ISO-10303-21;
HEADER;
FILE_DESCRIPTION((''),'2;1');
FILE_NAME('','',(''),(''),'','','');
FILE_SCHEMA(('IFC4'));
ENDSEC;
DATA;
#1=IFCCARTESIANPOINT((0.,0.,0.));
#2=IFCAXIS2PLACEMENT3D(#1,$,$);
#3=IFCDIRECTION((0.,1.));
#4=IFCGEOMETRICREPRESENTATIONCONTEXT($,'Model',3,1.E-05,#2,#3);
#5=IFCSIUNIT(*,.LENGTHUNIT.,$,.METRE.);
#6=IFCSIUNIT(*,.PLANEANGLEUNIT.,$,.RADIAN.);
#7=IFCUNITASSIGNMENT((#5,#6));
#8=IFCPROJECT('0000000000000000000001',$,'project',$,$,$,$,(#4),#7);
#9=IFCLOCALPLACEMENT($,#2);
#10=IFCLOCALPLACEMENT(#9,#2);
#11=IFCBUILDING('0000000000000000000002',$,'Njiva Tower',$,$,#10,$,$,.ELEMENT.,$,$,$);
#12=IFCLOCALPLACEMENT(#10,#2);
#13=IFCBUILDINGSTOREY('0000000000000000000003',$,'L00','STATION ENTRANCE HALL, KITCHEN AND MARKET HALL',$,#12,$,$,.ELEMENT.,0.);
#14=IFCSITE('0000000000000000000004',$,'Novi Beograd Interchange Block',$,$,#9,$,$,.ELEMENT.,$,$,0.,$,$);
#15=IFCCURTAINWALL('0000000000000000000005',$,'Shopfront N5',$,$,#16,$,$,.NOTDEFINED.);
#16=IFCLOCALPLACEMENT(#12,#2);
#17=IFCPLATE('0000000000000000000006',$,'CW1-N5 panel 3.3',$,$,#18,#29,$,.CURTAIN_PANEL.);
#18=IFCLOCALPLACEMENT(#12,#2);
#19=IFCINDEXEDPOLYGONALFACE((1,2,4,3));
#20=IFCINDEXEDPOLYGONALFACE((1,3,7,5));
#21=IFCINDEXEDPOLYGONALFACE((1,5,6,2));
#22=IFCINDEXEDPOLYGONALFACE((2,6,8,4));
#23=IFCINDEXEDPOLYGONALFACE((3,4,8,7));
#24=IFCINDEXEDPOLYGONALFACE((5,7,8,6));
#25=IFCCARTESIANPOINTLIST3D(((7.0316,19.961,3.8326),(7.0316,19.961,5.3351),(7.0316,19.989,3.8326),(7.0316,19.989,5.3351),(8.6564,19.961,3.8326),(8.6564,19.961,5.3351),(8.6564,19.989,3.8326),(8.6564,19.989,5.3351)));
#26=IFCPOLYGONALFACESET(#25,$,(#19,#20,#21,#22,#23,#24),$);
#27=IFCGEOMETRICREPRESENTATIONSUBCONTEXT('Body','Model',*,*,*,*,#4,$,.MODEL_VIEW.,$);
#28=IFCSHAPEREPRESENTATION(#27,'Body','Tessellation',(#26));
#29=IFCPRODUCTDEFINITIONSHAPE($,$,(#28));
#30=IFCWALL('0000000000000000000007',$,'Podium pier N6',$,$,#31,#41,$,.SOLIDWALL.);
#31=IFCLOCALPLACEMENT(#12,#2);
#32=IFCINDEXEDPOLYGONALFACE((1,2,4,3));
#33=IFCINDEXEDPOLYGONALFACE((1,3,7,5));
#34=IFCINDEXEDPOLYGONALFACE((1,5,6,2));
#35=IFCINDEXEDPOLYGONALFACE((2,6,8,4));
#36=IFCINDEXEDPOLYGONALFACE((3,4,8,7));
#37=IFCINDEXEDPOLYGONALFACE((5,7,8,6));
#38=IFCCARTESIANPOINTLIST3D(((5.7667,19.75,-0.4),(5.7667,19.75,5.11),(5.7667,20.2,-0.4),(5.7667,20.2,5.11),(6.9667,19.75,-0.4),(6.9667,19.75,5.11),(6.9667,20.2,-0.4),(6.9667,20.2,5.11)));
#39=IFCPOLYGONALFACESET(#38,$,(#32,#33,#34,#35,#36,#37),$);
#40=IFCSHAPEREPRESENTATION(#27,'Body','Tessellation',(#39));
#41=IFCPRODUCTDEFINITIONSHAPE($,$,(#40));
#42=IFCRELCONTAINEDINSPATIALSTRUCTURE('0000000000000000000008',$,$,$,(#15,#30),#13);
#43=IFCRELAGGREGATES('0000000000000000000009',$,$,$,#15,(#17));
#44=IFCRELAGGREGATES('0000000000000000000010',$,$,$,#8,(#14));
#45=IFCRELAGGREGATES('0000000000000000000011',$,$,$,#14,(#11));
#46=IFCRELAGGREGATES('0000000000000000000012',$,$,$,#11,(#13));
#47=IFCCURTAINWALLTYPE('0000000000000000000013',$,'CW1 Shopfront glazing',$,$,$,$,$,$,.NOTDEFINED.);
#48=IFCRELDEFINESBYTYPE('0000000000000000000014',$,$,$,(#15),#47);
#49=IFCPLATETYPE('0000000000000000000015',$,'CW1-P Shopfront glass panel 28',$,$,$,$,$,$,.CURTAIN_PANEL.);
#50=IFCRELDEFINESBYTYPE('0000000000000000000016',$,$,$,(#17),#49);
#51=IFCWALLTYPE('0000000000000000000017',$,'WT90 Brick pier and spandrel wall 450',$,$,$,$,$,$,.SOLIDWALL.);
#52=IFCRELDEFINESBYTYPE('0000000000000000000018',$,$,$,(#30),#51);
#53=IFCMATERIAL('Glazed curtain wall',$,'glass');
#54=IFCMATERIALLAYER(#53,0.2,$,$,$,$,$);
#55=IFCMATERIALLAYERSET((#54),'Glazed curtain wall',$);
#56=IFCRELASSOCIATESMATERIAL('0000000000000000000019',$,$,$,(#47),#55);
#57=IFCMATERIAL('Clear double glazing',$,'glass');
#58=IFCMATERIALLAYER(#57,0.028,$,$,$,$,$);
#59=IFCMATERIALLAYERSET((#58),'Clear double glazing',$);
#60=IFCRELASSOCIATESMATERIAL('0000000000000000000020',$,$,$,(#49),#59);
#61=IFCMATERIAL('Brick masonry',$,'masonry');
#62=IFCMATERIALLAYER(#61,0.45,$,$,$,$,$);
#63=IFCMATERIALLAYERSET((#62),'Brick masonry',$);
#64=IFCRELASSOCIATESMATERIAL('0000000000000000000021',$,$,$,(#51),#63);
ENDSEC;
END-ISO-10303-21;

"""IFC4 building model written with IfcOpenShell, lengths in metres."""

from ifc_helpers import new_model, si_unit, direction, frame, origin, origin_2d, place, context, subcontext, project, spatial, polyline, rectangle, outline, extrude, material, layer, layer_set, type_object, element, aggregate, save


model = new_model("IFC4")

# Units and contexts
model_context = context("Model", 3, precision=1e-05, world=origin(), true_north=direction((0.0, 1.0)))
body_context = subcontext(model_context, "Body", "Model", "MODEL_VIEW")
ifc_project = project(units=[si_unit("LENGTHUNIT", "METRE"), si_unit("PLANEANGLEUNIT", "RADIAN")], contexts=[model_context])

# Site, building, storey
site_placement = place(None, origin())
site = spatial("IfcSite", under=ifc_project, at=site_placement, Name="Novi Beograd Interchange Block", CompositionType="ELEMENT", RefElevation=0.0)
building_placement = place(site_placement, origin())
building = spatial("IfcBuilding", under=site, at=building_placement, Name="Njiva Tower", CompositionType="ELEMENT")
storey_placement = place(building_placement, origin())
storey = spatial("IfcBuildingStorey", under=building, at=storey_placement, Name="L00", Description="STATION ENTRANCE HALL, KITCHEN AND MARKET HALL", CompositionType="ELEMENT", Elevation=0.0)

# Curtain wall, plate
ifc_material_1 = material(Name="Glazed curtain wall", Category="glass")
ifc_layer_1 = layer(ifc_material_1, 0.2)
ifc_layer_set_1 = layer_set([ifc_layer_1], Name="Glazed curtain wall")
curtain_wall_type = type_object("IfcCurtainWallType", Name="CW1 Shopfront glazing", PredefinedType="NOTDEFINED", material=ifc_layer_set_1)
curtain_wall_placement = place(storey_placement, origin())
curtain_wall = element("IfcCurtainWall", 1, at=curtain_wall_placement, inside=storey, type_object=curtain_wall_type, Name="Shopfront N5", PredefinedType="NOTDEFINED")
ifc_material_2 = material(Name="Clear double glazing", Category="glass")
ifc_layer_2 = layer(ifc_material_2, 0.028)
ifc_layer_set_2 = layer_set([ifc_layer_2], Name="Clear double glazing")
plate_type = type_object("IfcPlateType", Name="CW1-P Shopfront glass panel 28", PredefinedType="CURTAIN_PANEL", material=ifc_layer_set_2)
plate_1_placement = place(storey_placement, frame((7.844, 19.975, 3.8326), z_axis=(0.0, 0.0, 1.0), x_axis=(-1.0, 0.0, 0.0)))
plate_1 = element("IfcPlate", 2, at=plate_1_placement, type_object=plate_type, Name="CW1-N5 panel 3.3", PredefinedType="CURTAIN_PANEL", context=body_context, shape_type="SweptSolid", body=[
    extrude(rectangle(XDim=1.6247, YDim=0.028, at=origin_2d()), origin(), (0.0, 0.0, 1.0), 1.5025),
])
aggregate(curtain_wall, [plate_1])

# Wall
ifc_material_3 = material(Name="Brick masonry", Category="masonry")
ifc_layer_3 = layer(ifc_material_3, 0.45)
ifc_layer_set_3 = layer_set([ifc_layer_3], Name="Brick masonry")
wall_type = type_object("IfcWallType", Name="WT90 Brick pier and spandrel wall 450", PredefinedType="SOLIDWALL", material=ifc_layer_set_3)
wall_placement = place(storey_placement, frame((6.9667, 19.975, -0.4), z_axis=(0.0, 0.0, 1.0), x_axis=(-1.0, 0.0, 0.0)))
element("IfcWall", 3, at=wall_placement, inside=storey, type_object=wall_type, Name="Podium pier N6", PredefinedType="SOLIDWALL", context=body_context, shape_type="SweptSolid", body=[
    extrude(outline(polyline([(0.0, -0.225), (1.2, -0.225), (1.2, 0.225), (0.0, 0.225), (0.0, -0.225)])), origin(), (0.0, 0.0, 1.0), 5.51),
])

save(model, "model.ifc")
